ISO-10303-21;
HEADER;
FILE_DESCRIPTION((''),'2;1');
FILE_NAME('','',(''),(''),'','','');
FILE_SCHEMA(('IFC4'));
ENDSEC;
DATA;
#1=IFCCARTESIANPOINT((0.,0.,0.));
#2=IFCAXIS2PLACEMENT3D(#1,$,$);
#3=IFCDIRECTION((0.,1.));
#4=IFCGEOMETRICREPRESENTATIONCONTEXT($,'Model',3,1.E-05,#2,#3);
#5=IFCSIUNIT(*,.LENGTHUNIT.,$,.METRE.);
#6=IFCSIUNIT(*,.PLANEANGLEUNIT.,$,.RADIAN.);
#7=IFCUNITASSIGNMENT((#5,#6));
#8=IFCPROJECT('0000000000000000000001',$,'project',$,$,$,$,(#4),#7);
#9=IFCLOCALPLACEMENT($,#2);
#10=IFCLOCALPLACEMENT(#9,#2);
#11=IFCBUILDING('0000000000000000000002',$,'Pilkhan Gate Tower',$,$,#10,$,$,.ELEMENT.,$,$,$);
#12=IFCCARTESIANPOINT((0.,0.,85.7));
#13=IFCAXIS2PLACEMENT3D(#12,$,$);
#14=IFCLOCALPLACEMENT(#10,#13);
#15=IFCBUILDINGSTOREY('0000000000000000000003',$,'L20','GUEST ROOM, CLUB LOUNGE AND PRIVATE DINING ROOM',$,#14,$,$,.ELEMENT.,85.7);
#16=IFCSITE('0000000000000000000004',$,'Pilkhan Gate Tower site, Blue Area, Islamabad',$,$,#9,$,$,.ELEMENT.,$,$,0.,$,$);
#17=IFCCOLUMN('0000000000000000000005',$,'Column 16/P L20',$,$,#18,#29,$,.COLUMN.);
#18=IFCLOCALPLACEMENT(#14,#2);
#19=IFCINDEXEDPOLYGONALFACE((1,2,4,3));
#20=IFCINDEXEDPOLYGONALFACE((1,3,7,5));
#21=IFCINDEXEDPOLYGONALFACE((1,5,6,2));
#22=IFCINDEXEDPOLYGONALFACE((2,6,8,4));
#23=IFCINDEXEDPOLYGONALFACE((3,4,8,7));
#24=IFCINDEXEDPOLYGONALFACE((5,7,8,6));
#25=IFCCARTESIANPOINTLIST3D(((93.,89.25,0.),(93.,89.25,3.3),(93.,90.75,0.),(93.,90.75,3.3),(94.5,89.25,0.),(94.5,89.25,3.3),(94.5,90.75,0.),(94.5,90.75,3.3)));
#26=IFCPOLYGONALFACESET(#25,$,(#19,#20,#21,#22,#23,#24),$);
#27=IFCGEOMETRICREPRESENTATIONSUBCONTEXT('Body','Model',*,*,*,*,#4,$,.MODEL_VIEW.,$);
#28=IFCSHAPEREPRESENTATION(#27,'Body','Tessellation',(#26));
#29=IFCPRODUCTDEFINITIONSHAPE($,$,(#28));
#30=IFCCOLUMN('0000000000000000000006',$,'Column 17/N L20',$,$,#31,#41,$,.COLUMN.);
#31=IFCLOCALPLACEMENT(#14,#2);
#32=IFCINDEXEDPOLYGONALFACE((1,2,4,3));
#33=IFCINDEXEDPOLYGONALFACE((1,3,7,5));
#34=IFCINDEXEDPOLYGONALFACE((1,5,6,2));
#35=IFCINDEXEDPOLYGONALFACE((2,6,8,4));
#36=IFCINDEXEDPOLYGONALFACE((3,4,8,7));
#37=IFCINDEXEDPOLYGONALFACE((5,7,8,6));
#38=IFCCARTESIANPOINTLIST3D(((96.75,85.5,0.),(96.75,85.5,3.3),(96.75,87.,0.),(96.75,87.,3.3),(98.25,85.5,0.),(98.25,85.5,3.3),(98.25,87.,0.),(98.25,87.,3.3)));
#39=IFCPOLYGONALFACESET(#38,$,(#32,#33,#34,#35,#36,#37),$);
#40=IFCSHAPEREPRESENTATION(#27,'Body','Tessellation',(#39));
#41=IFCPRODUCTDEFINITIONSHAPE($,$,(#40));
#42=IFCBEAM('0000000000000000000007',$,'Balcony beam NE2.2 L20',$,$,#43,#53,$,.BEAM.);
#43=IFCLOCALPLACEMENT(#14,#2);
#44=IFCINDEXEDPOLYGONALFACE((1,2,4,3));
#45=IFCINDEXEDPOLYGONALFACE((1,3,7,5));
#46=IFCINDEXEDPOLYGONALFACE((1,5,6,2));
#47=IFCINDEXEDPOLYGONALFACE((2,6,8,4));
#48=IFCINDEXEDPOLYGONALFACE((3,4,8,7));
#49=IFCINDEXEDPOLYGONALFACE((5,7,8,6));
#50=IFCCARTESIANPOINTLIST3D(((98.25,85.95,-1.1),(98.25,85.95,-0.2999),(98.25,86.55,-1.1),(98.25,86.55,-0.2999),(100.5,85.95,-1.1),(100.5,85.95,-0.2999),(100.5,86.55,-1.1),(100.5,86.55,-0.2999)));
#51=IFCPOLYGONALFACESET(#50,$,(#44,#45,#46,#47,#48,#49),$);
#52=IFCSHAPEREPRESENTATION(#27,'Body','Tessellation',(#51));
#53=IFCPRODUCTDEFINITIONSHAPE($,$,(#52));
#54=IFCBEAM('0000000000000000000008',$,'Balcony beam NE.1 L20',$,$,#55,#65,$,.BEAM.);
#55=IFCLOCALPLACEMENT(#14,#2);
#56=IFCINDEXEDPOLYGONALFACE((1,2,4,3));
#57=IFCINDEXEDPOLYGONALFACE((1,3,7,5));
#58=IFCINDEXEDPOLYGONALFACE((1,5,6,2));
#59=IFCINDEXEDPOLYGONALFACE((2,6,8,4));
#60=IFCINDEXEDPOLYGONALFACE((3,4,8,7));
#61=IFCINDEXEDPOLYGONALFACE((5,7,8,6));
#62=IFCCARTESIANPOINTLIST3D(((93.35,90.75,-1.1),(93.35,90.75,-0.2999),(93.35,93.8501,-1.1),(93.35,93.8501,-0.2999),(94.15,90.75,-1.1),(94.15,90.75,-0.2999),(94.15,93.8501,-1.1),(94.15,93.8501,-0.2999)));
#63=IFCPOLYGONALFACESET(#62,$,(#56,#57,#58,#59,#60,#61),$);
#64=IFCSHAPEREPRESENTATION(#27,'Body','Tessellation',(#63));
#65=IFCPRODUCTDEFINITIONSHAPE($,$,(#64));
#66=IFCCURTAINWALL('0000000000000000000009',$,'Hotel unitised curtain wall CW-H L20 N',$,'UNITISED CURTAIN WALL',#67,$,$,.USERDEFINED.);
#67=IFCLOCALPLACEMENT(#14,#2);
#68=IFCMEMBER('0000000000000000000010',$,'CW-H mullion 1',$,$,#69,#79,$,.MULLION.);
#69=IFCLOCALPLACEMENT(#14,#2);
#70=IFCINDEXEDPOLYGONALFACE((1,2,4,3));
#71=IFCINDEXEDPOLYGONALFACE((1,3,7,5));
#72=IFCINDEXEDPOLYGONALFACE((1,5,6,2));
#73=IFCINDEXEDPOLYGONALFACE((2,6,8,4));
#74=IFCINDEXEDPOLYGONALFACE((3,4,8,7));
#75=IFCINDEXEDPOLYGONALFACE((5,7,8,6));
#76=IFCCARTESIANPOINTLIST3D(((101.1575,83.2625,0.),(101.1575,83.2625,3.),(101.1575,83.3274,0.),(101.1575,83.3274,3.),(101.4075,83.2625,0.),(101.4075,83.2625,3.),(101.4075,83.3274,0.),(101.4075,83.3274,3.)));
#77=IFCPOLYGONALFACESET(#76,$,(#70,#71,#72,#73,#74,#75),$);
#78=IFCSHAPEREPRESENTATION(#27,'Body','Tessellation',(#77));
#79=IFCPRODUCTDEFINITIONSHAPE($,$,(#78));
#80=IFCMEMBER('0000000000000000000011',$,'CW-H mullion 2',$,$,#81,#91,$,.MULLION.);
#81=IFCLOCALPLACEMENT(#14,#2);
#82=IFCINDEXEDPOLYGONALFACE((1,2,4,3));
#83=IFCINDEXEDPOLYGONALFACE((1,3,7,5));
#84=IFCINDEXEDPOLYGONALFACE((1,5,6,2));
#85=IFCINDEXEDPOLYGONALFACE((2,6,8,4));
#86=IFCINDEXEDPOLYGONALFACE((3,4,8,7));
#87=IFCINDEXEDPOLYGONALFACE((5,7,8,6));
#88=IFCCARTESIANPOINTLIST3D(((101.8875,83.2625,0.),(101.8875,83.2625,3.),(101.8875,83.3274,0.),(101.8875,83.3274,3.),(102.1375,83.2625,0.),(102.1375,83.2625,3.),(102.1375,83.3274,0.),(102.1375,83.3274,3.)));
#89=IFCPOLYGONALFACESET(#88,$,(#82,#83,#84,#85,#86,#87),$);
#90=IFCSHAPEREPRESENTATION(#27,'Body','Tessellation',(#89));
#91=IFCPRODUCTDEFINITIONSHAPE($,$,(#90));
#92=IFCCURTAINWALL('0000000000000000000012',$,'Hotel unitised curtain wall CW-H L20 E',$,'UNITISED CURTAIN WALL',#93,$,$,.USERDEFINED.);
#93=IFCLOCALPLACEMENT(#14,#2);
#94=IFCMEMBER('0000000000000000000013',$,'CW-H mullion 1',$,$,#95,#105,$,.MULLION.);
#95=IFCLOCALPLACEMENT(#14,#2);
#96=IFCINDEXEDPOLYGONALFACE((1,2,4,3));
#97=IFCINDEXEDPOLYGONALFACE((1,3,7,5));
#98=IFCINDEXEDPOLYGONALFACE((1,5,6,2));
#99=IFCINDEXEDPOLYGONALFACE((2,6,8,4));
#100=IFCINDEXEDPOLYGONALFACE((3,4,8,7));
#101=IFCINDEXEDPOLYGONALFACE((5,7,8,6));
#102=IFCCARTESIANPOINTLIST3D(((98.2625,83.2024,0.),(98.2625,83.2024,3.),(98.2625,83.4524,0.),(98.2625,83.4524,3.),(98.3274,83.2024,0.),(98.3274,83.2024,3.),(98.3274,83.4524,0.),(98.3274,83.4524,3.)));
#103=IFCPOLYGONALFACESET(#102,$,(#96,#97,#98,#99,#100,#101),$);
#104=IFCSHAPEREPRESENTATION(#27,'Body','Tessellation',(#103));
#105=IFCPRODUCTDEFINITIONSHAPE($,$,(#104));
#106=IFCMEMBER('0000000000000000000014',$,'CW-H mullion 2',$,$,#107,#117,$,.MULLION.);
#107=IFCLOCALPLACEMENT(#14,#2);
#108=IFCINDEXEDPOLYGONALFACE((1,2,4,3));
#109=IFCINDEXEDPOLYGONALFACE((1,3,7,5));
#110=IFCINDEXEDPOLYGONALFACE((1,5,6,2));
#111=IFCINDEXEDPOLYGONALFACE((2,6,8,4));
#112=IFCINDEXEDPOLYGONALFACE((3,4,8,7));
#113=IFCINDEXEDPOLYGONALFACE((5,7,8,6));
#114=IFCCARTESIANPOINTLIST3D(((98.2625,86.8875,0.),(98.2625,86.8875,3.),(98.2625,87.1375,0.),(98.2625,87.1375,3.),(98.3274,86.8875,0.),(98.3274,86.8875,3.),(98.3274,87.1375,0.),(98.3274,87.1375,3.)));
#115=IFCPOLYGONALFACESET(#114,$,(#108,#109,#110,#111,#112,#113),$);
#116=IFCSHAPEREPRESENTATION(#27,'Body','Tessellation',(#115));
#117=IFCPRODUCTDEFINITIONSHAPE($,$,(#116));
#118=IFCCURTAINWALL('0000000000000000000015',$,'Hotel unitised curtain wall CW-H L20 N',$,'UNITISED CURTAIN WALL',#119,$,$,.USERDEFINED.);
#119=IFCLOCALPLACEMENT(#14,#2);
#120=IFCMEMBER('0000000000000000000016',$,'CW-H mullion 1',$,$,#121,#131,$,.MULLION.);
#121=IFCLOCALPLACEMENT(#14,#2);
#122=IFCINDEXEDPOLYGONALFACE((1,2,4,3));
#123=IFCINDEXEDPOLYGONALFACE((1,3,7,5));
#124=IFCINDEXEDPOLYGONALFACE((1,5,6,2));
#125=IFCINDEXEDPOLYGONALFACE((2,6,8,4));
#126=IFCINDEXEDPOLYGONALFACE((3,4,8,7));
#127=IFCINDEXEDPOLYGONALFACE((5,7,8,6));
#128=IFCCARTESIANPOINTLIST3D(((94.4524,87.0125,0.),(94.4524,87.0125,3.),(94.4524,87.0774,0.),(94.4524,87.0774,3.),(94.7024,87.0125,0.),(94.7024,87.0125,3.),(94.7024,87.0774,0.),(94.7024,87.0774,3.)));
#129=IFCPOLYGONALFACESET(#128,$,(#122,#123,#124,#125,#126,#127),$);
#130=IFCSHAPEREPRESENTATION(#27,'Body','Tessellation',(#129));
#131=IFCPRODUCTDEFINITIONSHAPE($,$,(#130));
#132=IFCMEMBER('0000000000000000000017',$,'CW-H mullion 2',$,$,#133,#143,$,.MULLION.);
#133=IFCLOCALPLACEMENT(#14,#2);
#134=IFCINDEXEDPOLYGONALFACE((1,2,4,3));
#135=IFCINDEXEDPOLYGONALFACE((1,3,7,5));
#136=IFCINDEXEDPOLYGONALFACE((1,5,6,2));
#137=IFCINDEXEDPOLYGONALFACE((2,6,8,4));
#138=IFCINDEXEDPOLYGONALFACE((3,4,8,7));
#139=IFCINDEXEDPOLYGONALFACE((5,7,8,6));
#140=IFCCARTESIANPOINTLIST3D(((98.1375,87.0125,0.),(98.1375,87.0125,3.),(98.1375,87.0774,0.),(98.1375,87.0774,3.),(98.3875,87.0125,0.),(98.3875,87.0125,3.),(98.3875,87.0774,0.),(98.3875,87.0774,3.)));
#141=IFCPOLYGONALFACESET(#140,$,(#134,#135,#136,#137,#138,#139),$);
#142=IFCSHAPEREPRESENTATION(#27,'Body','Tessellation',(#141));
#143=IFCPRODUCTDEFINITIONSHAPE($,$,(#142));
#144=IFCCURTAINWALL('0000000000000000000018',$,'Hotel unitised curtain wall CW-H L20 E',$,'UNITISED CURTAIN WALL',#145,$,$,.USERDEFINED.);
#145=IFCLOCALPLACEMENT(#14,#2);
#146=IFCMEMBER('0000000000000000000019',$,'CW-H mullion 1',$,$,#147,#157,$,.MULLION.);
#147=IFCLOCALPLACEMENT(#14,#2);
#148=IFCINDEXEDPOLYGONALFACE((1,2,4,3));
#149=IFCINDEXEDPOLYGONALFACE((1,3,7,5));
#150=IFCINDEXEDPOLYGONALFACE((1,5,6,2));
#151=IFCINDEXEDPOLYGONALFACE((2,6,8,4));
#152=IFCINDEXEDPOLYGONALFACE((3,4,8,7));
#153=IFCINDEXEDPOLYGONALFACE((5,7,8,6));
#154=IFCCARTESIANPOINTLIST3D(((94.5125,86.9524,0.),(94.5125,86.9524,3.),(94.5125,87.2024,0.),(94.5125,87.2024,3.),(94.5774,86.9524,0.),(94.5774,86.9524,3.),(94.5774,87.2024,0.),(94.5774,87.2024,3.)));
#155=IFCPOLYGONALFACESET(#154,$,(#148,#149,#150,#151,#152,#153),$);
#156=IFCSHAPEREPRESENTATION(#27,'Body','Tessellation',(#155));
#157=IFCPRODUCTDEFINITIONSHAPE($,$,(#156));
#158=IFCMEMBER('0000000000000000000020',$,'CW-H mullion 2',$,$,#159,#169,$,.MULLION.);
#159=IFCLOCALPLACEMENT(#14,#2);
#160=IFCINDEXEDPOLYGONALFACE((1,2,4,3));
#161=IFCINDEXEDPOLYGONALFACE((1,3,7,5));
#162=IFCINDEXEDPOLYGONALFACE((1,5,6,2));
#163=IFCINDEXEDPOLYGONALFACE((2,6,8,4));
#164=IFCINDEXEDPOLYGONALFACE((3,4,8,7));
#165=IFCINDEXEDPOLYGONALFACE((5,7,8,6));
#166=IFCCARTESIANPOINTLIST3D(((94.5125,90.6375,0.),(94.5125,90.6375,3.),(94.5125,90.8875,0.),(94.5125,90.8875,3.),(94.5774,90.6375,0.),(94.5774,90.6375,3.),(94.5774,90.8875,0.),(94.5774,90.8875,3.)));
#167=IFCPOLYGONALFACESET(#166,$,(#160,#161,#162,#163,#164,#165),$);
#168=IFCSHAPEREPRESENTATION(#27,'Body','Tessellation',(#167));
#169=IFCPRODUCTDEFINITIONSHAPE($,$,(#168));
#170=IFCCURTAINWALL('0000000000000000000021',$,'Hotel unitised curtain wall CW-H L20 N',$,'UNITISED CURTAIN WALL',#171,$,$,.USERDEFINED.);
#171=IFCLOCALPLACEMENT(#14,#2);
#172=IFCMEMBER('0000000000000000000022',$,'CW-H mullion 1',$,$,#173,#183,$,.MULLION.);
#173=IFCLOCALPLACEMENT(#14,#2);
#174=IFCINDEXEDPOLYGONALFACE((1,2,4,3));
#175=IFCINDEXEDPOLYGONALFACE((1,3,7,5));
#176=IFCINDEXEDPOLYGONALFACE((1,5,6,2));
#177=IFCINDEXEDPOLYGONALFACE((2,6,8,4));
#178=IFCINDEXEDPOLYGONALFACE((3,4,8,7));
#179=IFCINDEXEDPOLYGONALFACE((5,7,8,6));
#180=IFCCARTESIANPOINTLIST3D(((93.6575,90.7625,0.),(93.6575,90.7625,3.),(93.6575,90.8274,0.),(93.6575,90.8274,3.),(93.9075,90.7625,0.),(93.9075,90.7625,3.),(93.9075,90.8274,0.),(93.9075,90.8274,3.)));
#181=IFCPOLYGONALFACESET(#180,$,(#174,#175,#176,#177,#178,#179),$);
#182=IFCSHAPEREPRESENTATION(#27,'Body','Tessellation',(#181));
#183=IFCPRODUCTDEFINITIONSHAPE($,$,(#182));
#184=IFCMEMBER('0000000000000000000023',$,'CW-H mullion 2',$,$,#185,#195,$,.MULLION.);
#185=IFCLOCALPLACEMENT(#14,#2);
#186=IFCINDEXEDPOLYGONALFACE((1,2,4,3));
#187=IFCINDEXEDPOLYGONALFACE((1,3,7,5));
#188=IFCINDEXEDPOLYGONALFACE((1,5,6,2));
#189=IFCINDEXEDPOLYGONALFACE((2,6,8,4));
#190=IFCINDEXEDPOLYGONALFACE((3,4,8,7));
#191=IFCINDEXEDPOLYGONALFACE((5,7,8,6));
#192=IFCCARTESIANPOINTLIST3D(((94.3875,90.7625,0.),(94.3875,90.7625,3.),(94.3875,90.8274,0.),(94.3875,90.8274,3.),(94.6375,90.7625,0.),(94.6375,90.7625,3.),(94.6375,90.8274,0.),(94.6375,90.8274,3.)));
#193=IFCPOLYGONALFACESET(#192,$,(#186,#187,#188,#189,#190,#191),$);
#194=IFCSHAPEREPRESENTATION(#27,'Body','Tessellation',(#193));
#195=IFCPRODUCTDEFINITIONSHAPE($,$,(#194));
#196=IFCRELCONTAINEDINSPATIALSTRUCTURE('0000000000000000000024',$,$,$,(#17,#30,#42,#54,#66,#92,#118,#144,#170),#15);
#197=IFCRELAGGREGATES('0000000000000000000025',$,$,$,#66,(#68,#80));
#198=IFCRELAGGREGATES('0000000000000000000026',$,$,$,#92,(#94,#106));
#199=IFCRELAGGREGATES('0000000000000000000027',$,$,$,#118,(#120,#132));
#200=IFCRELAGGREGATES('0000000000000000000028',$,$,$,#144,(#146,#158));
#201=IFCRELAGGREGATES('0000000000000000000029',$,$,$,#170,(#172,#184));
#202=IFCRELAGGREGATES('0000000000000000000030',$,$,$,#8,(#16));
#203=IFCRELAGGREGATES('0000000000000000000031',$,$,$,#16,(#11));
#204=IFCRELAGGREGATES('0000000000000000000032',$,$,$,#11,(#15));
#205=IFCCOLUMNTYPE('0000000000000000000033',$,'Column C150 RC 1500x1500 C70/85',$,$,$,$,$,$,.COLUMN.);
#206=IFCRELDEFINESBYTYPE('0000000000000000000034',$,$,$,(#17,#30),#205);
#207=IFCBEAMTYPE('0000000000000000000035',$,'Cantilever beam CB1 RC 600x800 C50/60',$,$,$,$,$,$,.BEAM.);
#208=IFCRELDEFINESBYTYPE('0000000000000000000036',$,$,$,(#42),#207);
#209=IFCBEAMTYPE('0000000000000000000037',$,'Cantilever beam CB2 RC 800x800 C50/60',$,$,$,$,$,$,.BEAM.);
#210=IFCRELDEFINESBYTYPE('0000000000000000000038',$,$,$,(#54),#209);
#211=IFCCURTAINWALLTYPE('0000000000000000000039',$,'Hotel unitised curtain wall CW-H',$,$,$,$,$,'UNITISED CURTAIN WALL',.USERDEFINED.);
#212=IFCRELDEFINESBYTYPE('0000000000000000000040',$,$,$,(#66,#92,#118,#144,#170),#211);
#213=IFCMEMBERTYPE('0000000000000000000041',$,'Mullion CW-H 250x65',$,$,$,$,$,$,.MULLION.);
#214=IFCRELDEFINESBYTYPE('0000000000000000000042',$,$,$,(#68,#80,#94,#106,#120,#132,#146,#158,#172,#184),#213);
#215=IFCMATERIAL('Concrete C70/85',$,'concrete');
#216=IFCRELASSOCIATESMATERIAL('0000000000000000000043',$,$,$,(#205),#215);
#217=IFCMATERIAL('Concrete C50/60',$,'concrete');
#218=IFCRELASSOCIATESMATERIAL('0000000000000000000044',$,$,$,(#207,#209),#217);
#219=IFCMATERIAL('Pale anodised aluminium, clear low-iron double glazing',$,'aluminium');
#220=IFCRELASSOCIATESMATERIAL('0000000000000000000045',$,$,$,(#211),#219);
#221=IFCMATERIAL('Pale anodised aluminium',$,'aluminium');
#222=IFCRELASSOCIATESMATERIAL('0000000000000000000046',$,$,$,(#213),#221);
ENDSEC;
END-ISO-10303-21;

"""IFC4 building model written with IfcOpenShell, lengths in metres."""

from ifc_helpers import new_model, si_unit, direction, frame, origin, origin_2d, place, context, subcontext, project, spatial, rectangle, extrude, material, material_profile, profile_set, type_object, element, aggregate, save


model = new_model("IFC4")

# Units and contexts
model_context = context("Model", 3, precision=1e-05, world=origin(), true_north=direction((0.0, 1.0)))
body_context = subcontext(model_context, "Body", "Model", "MODEL_VIEW")
ifc_project = project(units=[si_unit("LENGTHUNIT", "METRE"), si_unit("PLANEANGLEUNIT", "RADIAN")], contexts=[model_context])

# Site, building, storey
site_placement = place(None, origin())
site = spatial("IfcSite", under=ifc_project, at=site_placement, Name="Pilkhan Gate Tower site, Blue Area, Islamabad", CompositionType="ELEMENT", RefElevation=0.0)
building_placement = place(site_placement, origin())
building = spatial("IfcBuilding", under=site, at=building_placement, Name="Pilkhan Gate Tower", CompositionType="ELEMENT")
storey_placement = place(building_placement, frame((0.0, 0.0, 85.7)))
storey = spatial("IfcBuildingStorey", under=building, at=storey_placement, Name="L20", Description="GUEST ROOM, CLUB LOUNGE AND PRIVATE DINING ROOM", CompositionType="ELEMENT", Elevation=85.7)

# Columns
ifc_material_1 = material(Name="Concrete C70/85", Category="concrete")
ifc_material_profile_1 = material_profile(ifc_material_1, rectangle(XDim=1.5, YDim=1.5, at=origin_2d()), Name="RC 1500x1500")
ifc_profile_set_1 = profile_set([ifc_material_profile_1], Name="Concrete C70/85")
column_type = type_object("IfcColumnType", Name="Column C150 RC 1500x1500 C70/85", PredefinedType="COLUMN", material=ifc_profile_set_1)
for number, where, z_axis, x_axis, name in (
    (1, (93.75, 90.0, 0.0), (0.0, 0.0, 1.0), (1.0, 0.0, 0.0), "Column 16/P L20"),
    (2, (97.5, 86.25, 0.0), (0.0, 0.0, 1.0), (1.0, 0.0, 0.0), "Column 17/N L20"),
):
    element("IfcColumn", number, at=place(storey_placement, frame(where, z_axis=z_axis, x_axis=x_axis)), inside=storey, type_object=column_type, Name=name, PredefinedType="COLUMN", context=body_context, shape_type="SweptSolid", body=[
        extrude(rectangle(XDim=1.5, YDim=1.5, at=origin_2d()), origin(), (0.0, 0.0, 1.0), 3.3),
    ])

# Beams
ifc_material_2 = material(Name="Concrete C50/60", Category="concrete")
ifc_material_profile_2 = material_profile(ifc_material_2, rectangle(XDim=0.6001, YDim=0.8, at=origin_2d()), Name="RC 600x800")
ifc_profile_set_2 = profile_set([ifc_material_profile_2], Name="Concrete C50/60")
beam_type_1 = type_object("IfcBeamType", Name="Cantilever beam CB1 RC 600x800 C50/60", PredefinedType="BEAM", material=ifc_profile_set_2)
beam_1_placement = place(storey_placement, frame((98.25, 86.25, -0.7), z_axis=(1.0, 0.0, 0.0), x_axis=(0.0, 1.0, 0.0)))
element("IfcBeam", 3, at=beam_1_placement, inside=storey, type_object=beam_type_1, Name="Balcony beam NE2.2 L20", PredefinedType="BEAM", context=body_context, shape_type="SweptSolid", body=[
    extrude(rectangle(XDim=0.6001, YDim=0.8, at=origin_2d()), origin(), (0.0, 0.0, 1.0), 2.25),
])
ifc_material_profile_3 = material_profile(ifc_material_2, rectangle(XDim=0.8, YDim=0.8, at=origin_2d()), Name="RC 800x800")
ifc_profile_set_3 = profile_set([ifc_material_profile_3], Name="Concrete C50/60")
beam_type_2 = type_object("IfcBeamType", Name="Cantilever beam CB2 RC 800x800 C50/60", PredefinedType="BEAM", material=ifc_profile_set_3)
beam_2_placement = place(storey_placement, frame((93.75, 90.75, -0.7), z_axis=(0.0, 1.0, 0.0), x_axis=(-1.0, 0.0, 0.0)))
element("IfcBeam", 4, at=beam_2_placement, inside=storey, type_object=beam_type_2, Name="Balcony beam NE.1 L20", PredefinedType="BEAM", context=body_context, shape_type="SweptSolid", body=[
    extrude(rectangle(XDim=0.8, YDim=0.8, at=origin_2d()), origin(), (0.0, 0.0, 1.0), 3.1001),
])

# Curtain walls, members
ifc_material_3 = material(Name="Pale anodised aluminium, clear low-iron double glazing", Category="aluminium")
curtain_wall_type = type_object("IfcCurtainWallType", Name="Hotel unitised curtain wall CW-H", ElementType="UNITISED CURTAIN WALL", PredefinedType="USERDEFINED", material=ifc_material_3)
curtain_wall_1_placement = place(storey_placement, origin())
curtain_wall_1 = element("IfcCurtainWall", 5, at=curtain_wall_1_placement, inside=storey, type_object=curtain_wall_type, Name="Hotel unitised curtain wall CW-H L20 N", ObjectType="UNITISED CURTAIN WALL", PredefinedType="USERDEFINED")
ifc_material_4 = material(Name="Pale anodised aluminium", Category="aluminium")
ifc_material_profile_4 = material_profile(ifc_material_4, rectangle(XDim=0.0649, YDim=0.25, at=origin_2d()), Name="Mullion 250x65")
ifc_profile_set_4 = profile_set([ifc_material_profile_4], Name="Pale anodised aluminium")
member_type_1 = type_object("IfcMemberType", Name="Mullion CW-H 250x65", PredefinedType="MULLION", material=ifc_profile_set_4)
member_1_placement = place(storey_placement, frame((101.2825, 83.2949, 0.0), z_axis=(0.0, 0.0, 1.0), x_axis=(0.0, 1.0, 0.0)))
member_1 = element("IfcMember", 6, at=member_1_placement, type_object=member_type_1, Name="CW-H mullion 1", PredefinedType="MULLION", context=body_context, shape_type="SweptSolid", body=[
    extrude(rectangle(XDim=0.0649, YDim=0.25, at=origin_2d()), origin(), (0.0, 0.0, 1.0), 3.0),
])
member_2_placement = place(storey_placement, frame((102.0125, 83.2949, 0.0), z_axis=(0.0, 0.0, 1.0), x_axis=(0.0, 1.0, 0.0)))
member_2 = element("IfcMember", 7, at=member_2_placement, type_object=member_type_1, Name="CW-H mullion 2", PredefinedType="MULLION", context=body_context, shape_type="SweptSolid", body=[
    extrude(rectangle(XDim=0.0649, YDim=0.25, at=origin_2d()), origin(), (0.0, 0.0, 1.0), 3.0),
])
curtain_wall_2_placement = place(storey_placement, origin())
curtain_wall_2 = element("IfcCurtainWall", 8, at=curtain_wall_2_placement, inside=storey, type_object=curtain_wall_type, Name="Hotel unitised curtain wall CW-H L20 E", ObjectType="UNITISED CURTAIN WALL", PredefinedType="USERDEFINED")
member_3_placement = place(storey_placement, frame((98.2949, 83.3274, 0.0), z_axis=(0.0, 0.0, 1.0), x_axis=(-1.0, 0.0, 0.0)))
member_3 = element("IfcMember", 9, at=member_3_placement, type_object=member_type_1, Name="CW-H mullion 1", PredefinedType="MULLION", context=body_context, shape_type="SweptSolid", body=[
    extrude(rectangle(XDim=0.0649, YDim=0.25, at=origin_2d()), origin(), (0.0, 0.0, 1.0), 3.0),
])
member_4_placement = place(storey_placement, frame((98.2949, 87.0125, 0.0), z_axis=(0.0, 0.0, 1.0), x_axis=(-1.0, 0.0, 0.0)))
member_4 = element("IfcMember", 10, at=member_4_placement, type_object=member_type_1, Name="CW-H mullion 2", PredefinedType="MULLION", context=body_context, shape_type="SweptSolid", body=[
    extrude(rectangle(XDim=0.0649, YDim=0.25, at=origin_2d()), origin(), (0.0, 0.0, 1.0), 3.0),
])
curtain_wall_3_placement = place(storey_placement, origin())
curtain_wall_3 = element("IfcCurtainWall", 11, at=curtain_wall_3_placement, inside=storey, type_object=curtain_wall_type, Name="Hotel unitised curtain wall CW-H L20 N", ObjectType="UNITISED CURTAIN WALL", PredefinedType="USERDEFINED")
member_5_placement = place(storey_placement, frame((94.5774, 87.0449, 0.0), z_axis=(0.0, 0.0, 1.0), x_axis=(0.0, 1.0, 0.0)))
member_5 = element("IfcMember", 12, at=member_5_placement, type_object=member_type_1, Name="CW-H mullion 1", PredefinedType="MULLION", context=body_context, shape_type="SweptSolid", body=[
    extrude(rectangle(XDim=0.0649, YDim=0.25, at=origin_2d()), origin(), (0.0, 0.0, 1.0), 3.0),
])
member_6_placement = place(storey_placement, frame((98.2625, 87.0449, 0.0), z_axis=(0.0, 0.0, 1.0), x_axis=(0.0, 1.0, 0.0)))
member_6 = element("IfcMember", 13, at=member_6_placement, type_object=member_type_1, Name="CW-H mullion 2", PredefinedType="MULLION", context=body_context, shape_type="SweptSolid", body=[
    extrude(rectangle(XDim=0.0649, YDim=0.25, at=origin_2d()), origin(), (0.0, 0.0, 1.0), 3.0),
])
curtain_wall_4_placement = place(storey_placement, origin())
curtain_wall_4 = element("IfcCurtainWall", 14, at=curtain_wall_4_placement, inside=storey, type_object=curtain_wall_type, Name="Hotel unitised curtain wall CW-H L20 E", ObjectType="UNITISED CURTAIN WALL", PredefinedType="USERDEFINED")
member_7_placement = place(storey_placement, frame((94.5449, 87.0774, 0.0), z_axis=(0.0, 0.0, 1.0), x_axis=(-1.0, 0.0, 0.0)))
member_7 = element("IfcMember", 15, at=member_7_placement, type_object=member_type_1, Name="CW-H mullion 1", PredefinedType="MULLION", context=body_context, shape_type="SweptSolid", body=[
    extrude(rectangle(XDim=0.0649, YDim=0.25, at=origin_2d()), origin(), (0.0, 0.0, 1.0), 3.0),
])
member_8_placement = place(storey_placement, frame((94.5449, 90.7625, 0.0), z_axis=(0.0, 0.0, 1.0), x_axis=(-1.0, 0.0, 0.0)))
member_8 = element("IfcMember", 16, at=member_8_placement, type_object=member_type_1, Name="CW-H mullion 2", PredefinedType="MULLION", context=body_context, shape_type="SweptSolid", body=[
    extrude(rectangle(XDim=0.0649, YDim=0.25, at=origin_2d()), origin(), (0.0, 0.0, 1.0), 3.0),
])
curtain_wall_5_placement = place(storey_placement, origin())
curtain_wall_5 = element("IfcCurtainWall", 17, at=curtain_wall_5_placement, inside=storey, type_object=curtain_wall_type, Name="Hotel unitised curtain wall CW-H L20 N", ObjectType="UNITISED CURTAIN WALL", PredefinedType="USERDEFINED")
member_9_placement = place(storey_placement, frame((93.7825, 90.7949, 0.0), z_axis=(0.0, 0.0, 1.0), x_axis=(0.0, 1.0, 0.0)))
member_9 = element("IfcMember", 18, at=member_9_placement, type_object=member_type_1, Name="CW-H mullion 1", PredefinedType="MULLION", context=body_context, shape_type="SweptSolid", body=[
    extrude(rectangle(XDim=0.0649, YDim=0.25, at=origin_2d()), origin(), (0.0, 0.0, 1.0), 3.0),
])
member_10_placement = place(storey_placement, frame((94.5125, 90.7949, 0.0), z_axis=(0.0, 0.0, 1.0), x_axis=(0.0, 1.0, 0.0)))
member_10 = element("IfcMember", 19, at=member_10_placement, type_object=member_type_1, Name="CW-H mullion 2", PredefinedType="MULLION", context=body_context, shape_type="SweptSolid", body=[
    extrude(rectangle(XDim=0.0649, YDim=0.25, at=origin_2d()), origin(), (0.0, 0.0, 1.0), 3.0),
])

aggregate(curtain_wall_1, [member_1, member_2])
aggregate(curtain_wall_2, [member_3, member_4])
aggregate(curtain_wall_3, [member_5, member_6])
aggregate(curtain_wall_4, [member_7, member_8])
aggregate(curtain_wall_5, [member_9, member_10])

save(model, "model.ifc")
